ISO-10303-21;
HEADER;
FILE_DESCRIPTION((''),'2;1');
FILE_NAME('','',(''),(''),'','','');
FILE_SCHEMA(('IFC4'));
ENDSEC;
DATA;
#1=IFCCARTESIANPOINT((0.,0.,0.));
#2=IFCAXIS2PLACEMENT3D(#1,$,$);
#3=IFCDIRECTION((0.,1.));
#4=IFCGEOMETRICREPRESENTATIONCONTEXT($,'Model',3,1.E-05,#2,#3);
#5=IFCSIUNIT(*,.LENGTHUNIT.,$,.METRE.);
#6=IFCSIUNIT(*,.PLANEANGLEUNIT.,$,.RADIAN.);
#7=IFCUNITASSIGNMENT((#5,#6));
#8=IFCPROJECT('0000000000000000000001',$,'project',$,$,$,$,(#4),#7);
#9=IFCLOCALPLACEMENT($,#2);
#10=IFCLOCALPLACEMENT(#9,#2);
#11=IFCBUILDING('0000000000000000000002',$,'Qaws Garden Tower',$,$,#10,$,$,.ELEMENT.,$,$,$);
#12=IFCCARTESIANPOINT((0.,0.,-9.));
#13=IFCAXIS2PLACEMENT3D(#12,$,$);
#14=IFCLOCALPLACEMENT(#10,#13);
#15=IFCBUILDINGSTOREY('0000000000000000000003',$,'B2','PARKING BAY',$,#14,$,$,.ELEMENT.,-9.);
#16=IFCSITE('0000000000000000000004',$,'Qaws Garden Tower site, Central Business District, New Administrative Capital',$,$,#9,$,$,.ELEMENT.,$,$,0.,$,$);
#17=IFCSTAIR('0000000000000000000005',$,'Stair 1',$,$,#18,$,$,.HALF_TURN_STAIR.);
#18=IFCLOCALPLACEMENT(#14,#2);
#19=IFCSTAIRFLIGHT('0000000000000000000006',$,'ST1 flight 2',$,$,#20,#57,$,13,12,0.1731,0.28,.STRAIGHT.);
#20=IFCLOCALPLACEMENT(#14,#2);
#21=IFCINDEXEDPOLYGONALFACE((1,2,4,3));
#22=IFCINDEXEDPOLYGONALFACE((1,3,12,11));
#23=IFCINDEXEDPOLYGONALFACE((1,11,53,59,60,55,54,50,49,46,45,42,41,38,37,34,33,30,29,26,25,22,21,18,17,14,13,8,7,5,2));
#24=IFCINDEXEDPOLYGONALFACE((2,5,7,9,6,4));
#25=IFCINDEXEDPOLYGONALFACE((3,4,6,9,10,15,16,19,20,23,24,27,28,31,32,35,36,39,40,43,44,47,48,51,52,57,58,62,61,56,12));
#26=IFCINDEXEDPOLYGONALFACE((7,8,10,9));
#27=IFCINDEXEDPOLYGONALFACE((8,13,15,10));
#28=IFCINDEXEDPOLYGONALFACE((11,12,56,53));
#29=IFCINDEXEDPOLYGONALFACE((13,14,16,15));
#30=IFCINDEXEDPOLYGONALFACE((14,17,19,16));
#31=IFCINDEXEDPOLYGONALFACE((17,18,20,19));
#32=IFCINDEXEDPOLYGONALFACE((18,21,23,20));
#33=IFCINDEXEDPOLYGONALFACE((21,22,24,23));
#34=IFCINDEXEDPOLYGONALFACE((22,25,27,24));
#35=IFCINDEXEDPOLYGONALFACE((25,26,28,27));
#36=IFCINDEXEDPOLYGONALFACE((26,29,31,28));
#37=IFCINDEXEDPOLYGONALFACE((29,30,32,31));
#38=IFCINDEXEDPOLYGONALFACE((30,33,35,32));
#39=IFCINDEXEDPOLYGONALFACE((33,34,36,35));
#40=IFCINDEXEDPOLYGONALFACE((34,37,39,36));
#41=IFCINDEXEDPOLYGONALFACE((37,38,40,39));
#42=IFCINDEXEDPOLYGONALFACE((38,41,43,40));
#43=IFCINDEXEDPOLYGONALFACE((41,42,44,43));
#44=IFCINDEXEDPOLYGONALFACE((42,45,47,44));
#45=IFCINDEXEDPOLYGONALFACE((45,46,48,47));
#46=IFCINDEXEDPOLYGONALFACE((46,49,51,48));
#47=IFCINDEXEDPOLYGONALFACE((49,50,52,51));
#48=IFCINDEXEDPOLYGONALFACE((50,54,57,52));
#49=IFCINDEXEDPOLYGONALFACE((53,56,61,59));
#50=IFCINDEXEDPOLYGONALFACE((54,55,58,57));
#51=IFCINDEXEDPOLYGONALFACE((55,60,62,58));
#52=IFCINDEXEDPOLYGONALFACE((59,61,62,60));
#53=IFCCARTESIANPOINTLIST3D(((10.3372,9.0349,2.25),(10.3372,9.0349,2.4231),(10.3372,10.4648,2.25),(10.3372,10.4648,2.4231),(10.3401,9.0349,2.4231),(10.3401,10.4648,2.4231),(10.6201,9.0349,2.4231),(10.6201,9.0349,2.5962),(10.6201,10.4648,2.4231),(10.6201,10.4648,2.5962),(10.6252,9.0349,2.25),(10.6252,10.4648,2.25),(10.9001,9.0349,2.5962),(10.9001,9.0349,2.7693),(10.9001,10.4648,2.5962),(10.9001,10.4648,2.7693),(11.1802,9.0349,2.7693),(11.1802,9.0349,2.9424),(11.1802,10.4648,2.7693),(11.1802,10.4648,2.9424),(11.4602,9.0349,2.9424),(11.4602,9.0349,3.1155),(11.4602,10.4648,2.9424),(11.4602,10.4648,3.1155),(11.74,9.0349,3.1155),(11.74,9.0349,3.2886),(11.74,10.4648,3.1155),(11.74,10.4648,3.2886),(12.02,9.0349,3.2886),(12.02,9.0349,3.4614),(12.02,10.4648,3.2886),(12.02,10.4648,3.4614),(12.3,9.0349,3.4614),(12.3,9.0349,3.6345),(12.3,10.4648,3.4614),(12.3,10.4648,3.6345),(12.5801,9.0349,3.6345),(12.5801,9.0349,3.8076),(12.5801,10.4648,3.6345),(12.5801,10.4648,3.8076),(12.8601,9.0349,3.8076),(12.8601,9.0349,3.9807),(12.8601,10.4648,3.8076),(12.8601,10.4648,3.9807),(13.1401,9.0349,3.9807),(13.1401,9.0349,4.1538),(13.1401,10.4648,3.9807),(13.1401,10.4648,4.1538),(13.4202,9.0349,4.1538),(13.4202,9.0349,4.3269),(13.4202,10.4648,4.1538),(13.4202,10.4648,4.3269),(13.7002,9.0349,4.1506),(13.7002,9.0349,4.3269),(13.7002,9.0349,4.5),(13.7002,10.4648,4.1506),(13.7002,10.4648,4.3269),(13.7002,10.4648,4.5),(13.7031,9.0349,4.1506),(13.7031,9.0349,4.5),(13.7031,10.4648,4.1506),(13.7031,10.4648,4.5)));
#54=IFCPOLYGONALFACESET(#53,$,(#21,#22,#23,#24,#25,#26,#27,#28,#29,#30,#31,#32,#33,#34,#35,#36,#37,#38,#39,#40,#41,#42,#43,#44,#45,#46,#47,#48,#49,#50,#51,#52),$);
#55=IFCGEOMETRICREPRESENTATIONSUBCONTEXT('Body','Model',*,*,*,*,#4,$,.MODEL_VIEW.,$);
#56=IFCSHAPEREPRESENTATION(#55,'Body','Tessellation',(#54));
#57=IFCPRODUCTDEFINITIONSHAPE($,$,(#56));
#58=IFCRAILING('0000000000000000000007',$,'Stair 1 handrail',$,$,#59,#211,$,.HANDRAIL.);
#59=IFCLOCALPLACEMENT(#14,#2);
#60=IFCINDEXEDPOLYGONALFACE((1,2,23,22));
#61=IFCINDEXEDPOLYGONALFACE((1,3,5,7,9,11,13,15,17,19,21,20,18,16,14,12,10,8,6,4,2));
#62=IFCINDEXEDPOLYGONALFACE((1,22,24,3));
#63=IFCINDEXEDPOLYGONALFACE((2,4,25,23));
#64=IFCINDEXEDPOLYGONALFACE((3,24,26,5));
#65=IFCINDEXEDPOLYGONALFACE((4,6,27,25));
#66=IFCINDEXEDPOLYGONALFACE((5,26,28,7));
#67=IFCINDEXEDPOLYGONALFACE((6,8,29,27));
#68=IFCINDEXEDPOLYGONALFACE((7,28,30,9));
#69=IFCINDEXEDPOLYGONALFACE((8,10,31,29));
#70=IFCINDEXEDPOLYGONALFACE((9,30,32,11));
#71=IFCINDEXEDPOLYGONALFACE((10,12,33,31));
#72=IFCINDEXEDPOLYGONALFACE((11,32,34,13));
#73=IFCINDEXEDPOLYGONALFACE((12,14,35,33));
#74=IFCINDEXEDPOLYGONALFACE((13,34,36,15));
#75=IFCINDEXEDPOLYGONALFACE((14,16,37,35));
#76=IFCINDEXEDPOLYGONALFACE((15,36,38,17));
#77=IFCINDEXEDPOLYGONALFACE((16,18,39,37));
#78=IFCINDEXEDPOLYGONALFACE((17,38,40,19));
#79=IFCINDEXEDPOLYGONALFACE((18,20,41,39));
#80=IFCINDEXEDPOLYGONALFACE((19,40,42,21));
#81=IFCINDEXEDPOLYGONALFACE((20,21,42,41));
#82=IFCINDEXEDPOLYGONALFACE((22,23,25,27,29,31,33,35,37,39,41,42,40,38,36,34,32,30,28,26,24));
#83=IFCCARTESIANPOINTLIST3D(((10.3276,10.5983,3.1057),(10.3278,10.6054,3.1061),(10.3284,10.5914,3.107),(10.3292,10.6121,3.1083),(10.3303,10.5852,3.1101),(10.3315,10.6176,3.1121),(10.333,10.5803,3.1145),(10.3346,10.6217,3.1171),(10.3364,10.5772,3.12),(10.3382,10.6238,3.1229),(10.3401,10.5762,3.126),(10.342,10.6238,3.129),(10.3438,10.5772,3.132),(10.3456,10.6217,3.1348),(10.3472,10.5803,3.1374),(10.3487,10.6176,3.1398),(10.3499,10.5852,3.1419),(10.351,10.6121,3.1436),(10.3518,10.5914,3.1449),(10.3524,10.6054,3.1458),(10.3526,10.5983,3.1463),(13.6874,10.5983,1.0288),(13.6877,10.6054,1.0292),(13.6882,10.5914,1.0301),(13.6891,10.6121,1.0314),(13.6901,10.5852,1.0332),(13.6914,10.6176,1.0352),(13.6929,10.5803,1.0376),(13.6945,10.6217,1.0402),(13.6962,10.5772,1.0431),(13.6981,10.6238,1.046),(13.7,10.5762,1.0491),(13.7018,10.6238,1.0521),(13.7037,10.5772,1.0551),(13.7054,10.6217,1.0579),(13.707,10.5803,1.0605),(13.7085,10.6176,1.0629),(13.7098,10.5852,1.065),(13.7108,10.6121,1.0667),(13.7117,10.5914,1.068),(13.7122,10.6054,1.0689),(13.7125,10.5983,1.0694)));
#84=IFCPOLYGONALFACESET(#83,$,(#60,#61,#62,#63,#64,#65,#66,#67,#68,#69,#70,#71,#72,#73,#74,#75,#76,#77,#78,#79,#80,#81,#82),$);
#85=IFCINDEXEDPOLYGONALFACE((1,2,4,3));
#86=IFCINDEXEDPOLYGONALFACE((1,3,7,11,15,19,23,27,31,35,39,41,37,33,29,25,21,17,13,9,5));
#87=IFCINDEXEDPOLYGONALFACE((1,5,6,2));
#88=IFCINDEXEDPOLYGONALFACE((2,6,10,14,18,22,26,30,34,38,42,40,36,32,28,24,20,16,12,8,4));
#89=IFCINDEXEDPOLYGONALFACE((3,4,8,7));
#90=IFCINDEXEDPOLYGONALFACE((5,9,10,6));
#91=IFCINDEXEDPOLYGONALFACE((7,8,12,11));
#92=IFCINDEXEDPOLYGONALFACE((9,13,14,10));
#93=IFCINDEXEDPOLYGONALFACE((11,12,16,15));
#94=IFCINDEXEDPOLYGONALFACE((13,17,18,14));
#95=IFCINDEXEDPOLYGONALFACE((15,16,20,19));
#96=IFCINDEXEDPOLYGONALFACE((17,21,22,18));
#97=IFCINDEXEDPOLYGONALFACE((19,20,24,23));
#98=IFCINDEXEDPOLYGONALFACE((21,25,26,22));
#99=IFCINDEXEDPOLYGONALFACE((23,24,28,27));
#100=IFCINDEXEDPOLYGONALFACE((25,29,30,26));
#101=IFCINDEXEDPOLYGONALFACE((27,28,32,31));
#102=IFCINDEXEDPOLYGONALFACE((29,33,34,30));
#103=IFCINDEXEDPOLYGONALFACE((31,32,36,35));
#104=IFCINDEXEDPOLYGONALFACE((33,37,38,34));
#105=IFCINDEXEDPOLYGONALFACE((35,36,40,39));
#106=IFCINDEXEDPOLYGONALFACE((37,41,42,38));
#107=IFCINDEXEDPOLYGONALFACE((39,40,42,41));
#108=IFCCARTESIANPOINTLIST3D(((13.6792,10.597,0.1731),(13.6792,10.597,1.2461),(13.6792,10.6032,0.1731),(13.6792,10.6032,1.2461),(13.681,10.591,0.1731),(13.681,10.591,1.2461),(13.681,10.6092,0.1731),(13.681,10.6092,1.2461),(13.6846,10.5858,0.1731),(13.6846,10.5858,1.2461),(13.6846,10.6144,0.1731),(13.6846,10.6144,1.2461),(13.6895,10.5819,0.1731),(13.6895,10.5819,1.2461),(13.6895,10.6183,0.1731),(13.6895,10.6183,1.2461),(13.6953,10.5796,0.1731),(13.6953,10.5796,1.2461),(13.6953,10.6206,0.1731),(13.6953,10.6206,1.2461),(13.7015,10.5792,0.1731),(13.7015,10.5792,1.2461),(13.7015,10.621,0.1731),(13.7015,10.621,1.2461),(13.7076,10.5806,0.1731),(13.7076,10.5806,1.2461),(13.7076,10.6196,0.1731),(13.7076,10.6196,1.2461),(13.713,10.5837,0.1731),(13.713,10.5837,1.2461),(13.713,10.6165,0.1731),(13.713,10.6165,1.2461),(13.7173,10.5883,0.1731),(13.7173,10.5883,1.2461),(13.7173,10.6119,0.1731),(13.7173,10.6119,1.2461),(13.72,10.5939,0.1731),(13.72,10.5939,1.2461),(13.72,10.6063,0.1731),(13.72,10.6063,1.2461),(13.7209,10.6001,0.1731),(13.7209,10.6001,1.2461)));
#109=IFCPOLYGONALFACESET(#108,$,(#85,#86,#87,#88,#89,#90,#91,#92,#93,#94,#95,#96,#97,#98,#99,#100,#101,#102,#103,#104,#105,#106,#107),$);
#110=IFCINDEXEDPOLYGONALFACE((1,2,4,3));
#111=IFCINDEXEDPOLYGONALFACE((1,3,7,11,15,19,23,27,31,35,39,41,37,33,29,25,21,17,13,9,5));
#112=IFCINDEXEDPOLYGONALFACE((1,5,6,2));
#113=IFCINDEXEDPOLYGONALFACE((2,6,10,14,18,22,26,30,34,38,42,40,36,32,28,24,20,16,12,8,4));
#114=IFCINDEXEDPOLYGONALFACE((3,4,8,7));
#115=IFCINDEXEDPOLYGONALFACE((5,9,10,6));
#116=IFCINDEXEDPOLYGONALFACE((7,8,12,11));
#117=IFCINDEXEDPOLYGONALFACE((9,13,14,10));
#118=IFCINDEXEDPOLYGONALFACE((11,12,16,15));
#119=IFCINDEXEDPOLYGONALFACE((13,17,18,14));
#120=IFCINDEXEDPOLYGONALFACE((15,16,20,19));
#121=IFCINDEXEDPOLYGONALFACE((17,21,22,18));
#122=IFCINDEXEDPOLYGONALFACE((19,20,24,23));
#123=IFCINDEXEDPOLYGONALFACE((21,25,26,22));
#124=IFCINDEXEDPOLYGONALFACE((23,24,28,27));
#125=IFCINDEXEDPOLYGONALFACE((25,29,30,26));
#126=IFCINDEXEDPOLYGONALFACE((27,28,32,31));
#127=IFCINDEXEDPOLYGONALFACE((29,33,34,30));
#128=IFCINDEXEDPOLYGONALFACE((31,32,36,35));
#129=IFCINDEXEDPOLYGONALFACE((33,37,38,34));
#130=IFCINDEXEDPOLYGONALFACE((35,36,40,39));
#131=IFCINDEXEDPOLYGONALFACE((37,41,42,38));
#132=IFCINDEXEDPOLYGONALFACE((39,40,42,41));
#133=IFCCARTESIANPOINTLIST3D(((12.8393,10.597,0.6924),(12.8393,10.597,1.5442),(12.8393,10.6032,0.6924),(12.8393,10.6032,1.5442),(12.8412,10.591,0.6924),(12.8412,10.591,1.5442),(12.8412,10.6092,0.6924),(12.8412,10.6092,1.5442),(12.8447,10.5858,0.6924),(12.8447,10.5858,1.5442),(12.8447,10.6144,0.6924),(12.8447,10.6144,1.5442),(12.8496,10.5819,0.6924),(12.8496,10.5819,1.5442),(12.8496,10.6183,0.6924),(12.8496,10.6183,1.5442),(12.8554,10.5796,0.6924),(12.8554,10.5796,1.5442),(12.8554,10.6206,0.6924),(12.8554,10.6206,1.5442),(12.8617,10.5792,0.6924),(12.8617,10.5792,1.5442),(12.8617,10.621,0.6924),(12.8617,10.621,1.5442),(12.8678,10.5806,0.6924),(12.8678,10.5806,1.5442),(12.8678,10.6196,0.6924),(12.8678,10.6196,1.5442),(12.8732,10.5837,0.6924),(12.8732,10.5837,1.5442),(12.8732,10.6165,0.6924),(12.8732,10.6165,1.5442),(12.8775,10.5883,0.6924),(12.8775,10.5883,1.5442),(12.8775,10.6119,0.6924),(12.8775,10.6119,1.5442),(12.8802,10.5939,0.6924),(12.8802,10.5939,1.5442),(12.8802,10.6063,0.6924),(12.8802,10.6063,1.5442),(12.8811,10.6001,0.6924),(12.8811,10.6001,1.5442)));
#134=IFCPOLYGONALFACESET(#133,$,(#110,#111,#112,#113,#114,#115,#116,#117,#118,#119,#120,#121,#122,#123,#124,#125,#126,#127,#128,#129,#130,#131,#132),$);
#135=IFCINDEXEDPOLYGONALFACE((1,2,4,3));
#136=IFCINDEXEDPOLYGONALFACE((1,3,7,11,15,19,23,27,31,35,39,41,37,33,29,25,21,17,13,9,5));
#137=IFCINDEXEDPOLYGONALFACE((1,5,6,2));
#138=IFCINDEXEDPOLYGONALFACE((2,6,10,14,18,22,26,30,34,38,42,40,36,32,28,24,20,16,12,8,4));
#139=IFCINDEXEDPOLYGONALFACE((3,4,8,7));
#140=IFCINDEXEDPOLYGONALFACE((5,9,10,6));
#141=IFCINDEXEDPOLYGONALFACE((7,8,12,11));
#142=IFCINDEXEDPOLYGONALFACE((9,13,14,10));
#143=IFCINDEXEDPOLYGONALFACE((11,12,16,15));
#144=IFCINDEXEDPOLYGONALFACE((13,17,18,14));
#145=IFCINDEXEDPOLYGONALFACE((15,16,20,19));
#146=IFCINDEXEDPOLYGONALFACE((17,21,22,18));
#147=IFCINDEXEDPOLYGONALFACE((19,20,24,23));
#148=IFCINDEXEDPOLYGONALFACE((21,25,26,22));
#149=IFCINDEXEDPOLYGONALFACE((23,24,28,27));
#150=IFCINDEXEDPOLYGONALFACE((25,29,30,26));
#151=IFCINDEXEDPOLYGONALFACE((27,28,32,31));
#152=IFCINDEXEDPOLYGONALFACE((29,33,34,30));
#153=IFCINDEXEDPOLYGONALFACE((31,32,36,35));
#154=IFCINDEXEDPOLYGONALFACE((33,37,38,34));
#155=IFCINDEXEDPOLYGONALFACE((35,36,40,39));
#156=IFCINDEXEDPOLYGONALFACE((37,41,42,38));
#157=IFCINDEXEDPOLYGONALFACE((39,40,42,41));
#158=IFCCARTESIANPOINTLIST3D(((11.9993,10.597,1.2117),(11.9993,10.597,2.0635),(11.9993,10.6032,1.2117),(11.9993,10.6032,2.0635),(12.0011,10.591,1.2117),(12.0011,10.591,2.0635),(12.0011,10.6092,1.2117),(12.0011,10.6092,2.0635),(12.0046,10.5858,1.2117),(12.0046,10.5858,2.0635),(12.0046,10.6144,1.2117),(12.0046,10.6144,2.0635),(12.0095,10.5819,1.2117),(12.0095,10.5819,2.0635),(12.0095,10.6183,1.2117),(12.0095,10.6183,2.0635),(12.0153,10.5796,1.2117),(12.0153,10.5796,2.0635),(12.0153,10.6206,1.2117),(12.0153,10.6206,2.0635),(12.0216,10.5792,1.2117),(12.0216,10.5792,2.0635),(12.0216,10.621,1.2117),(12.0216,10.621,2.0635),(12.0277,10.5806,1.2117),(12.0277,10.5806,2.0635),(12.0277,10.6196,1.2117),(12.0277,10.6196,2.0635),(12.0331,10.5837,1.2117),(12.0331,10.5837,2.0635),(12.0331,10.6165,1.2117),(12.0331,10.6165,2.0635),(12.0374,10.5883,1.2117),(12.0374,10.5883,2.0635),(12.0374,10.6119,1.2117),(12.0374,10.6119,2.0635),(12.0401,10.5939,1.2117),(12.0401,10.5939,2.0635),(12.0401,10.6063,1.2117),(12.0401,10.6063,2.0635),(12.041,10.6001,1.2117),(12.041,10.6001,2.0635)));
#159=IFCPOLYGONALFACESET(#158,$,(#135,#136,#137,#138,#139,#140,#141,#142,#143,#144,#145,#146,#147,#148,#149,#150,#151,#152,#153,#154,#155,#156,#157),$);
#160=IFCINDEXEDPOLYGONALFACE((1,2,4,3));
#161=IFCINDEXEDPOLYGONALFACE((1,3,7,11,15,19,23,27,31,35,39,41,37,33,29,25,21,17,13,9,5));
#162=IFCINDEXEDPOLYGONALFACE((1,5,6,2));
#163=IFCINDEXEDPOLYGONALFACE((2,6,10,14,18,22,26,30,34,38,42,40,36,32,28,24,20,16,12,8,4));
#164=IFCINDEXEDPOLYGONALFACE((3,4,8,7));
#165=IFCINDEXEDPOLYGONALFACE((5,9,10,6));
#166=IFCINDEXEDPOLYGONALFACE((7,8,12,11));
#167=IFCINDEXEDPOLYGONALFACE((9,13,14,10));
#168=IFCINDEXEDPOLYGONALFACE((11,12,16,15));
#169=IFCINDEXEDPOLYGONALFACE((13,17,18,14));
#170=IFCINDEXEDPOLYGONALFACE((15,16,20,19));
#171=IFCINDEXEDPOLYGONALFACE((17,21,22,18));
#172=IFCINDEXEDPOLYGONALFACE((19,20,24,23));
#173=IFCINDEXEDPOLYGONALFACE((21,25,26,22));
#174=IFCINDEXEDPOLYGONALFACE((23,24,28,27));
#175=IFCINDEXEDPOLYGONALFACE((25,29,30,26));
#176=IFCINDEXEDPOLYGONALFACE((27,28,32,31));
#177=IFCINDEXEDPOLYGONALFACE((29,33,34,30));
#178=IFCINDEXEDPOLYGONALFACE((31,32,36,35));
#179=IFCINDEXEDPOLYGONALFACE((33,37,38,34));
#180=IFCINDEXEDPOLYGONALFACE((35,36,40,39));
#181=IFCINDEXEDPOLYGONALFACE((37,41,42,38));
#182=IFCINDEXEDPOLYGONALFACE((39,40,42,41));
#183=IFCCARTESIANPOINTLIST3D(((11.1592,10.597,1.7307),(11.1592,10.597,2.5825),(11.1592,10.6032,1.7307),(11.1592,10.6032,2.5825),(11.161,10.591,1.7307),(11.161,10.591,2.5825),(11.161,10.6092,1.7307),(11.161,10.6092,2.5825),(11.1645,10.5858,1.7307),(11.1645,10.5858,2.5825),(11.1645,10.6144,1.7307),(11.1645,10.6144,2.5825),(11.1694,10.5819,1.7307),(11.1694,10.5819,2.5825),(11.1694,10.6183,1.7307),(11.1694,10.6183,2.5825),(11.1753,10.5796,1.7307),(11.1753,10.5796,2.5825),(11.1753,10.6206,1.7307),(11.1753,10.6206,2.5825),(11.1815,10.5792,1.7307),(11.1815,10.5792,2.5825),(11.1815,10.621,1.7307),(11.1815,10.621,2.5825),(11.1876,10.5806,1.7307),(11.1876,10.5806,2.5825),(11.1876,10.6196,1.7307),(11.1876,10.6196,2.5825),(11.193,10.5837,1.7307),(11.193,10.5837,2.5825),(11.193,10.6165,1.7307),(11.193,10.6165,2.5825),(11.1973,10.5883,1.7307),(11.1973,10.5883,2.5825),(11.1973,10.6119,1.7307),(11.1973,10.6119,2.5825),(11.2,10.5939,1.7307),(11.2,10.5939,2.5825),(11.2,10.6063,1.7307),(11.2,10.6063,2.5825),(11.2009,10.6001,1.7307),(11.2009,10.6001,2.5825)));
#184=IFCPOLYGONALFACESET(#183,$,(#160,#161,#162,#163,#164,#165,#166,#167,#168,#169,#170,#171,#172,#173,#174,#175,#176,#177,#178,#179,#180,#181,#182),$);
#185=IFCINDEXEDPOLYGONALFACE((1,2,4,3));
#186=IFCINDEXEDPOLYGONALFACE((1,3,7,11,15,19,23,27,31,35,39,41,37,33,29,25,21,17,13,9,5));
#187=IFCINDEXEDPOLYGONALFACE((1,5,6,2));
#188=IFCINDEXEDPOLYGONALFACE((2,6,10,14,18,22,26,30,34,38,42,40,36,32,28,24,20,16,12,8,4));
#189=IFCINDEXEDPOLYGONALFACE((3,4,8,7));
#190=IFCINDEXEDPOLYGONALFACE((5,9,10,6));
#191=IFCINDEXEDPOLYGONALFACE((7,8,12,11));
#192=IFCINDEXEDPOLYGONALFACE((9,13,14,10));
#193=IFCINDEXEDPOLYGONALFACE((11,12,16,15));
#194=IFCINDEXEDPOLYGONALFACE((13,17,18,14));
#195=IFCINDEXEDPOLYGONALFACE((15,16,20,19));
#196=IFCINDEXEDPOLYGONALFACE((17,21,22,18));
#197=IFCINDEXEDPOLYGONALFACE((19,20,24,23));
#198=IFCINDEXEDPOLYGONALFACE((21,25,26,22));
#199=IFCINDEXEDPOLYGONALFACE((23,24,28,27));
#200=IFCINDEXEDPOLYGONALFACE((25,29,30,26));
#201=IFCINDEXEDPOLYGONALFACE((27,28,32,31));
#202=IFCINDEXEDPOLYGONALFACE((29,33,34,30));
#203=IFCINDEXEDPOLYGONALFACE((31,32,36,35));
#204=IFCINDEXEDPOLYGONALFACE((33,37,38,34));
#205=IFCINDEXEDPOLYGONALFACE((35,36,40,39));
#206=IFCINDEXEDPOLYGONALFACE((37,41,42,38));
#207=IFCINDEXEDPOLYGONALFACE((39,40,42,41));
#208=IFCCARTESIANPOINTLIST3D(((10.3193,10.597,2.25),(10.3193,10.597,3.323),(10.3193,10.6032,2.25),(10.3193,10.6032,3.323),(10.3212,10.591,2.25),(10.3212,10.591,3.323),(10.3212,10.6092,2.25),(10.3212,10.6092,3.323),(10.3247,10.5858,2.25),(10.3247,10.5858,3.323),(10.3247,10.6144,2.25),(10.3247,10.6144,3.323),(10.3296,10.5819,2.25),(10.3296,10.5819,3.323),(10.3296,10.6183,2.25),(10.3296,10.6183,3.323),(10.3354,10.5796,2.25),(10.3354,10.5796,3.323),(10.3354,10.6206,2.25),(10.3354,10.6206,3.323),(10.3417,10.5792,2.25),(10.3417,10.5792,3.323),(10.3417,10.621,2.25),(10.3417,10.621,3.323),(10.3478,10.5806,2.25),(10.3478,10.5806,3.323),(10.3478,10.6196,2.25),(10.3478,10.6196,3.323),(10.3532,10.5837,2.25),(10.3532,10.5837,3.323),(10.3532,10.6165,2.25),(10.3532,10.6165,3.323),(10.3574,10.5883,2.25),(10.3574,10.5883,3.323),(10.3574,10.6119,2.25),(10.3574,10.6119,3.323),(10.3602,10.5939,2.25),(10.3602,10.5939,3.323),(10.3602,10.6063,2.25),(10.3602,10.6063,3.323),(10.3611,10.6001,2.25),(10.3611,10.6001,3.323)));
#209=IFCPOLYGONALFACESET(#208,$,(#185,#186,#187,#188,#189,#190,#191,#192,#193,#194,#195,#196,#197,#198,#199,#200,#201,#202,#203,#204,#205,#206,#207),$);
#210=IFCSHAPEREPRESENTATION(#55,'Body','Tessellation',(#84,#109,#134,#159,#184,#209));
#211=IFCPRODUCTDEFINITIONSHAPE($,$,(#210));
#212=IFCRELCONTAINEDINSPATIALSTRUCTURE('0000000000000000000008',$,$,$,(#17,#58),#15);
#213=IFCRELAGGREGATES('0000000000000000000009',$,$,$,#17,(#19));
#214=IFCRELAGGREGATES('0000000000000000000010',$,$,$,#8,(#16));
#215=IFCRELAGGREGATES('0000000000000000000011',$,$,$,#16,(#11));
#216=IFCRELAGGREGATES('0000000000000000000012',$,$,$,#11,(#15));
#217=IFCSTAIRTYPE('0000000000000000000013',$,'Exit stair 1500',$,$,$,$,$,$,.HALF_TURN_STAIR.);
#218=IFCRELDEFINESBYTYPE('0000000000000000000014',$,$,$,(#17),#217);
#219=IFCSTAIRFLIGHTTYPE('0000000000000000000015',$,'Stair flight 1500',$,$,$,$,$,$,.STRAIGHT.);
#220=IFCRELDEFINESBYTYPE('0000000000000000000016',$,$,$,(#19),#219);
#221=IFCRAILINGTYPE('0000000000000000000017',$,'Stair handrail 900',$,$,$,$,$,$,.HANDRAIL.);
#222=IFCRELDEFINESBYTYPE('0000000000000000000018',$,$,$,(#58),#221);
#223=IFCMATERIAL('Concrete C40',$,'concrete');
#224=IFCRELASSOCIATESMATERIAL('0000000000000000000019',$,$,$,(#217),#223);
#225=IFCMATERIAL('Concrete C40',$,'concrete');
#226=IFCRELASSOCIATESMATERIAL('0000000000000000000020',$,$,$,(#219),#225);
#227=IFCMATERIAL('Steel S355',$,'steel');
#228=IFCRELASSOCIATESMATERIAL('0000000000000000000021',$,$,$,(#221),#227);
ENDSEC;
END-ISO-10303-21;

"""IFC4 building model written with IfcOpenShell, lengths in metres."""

from ifc_helpers import new_model, si_unit, direction, frame, origin, origin_2d, place, context, subcontext, project, spatial, polyline, circle, outline, extrude, material, type_object, element, aggregate, save


model = new_model("IFC4")

# Units and contexts
model_context = context("Model", 3, precision=1e-05, world=origin(), true_north=direction((0.0, 1.0)))
body_context = subcontext(model_context, "Body", "Model", "MODEL_VIEW")
ifc_project = project(units=[si_unit("LENGTHUNIT", "METRE"), si_unit("PLANEANGLEUNIT", "RADIAN")], contexts=[model_context])

# Site, building, storey
site_placement = place(None, origin())
site = spatial("IfcSite", under=ifc_project, at=site_placement, Name="Qaws Garden Tower site, Central Business District, New Administrative Capital", CompositionType="ELEMENT", RefElevation=0.0)
building_placement = place(site_placement, origin())
building = spatial("IfcBuilding", under=site, at=building_placement, Name="Qaws Garden Tower", CompositionType="ELEMENT")
storey_placement = place(building_placement, frame((0.0, 0.0, -9.0)))
storey = spatial("IfcBuildingStorey", under=building, at=storey_placement, Name="B2", Description="PARKING BAY", CompositionType="ELEMENT", Elevation=-9.0)

# Stair, stair flight
ifc_material_1 = material(Name="Concrete C40", Category="concrete")
stair_type = type_object("IfcStairType", Name="Exit stair 1500", PredefinedType="HALF_TURN_STAIR", material=ifc_material_1)
stair_placement = place(storey_placement, origin())
stair = element("IfcStair", 1, at=stair_placement, inside=storey, type_object=stair_type, Name="Stair 1", PredefinedType="HALF_TURN_STAIR")
ifc_material_2 = material(Name="Concrete C40", Category="concrete")
stair_flight_type = type_object("IfcStairFlightType", Name="Stair flight 1500", PredefinedType="STRAIGHT", material=ifc_material_2)
stair_flight_1_placement = place(storey_placement, frame((10.3401, 9.75, 2.25), z_axis=(0.0, 0.0, 1.0), x_axis=(1.0, 0.0, 0.0)))
stair_flight_1 = element("IfcStairFlight", 2, at=stair_flight_1_placement, type_object=stair_flight_type, Name="ST1 flight 2", NumberOfRisers=13, NumberOfTreads=12, PredefinedType="STRAIGHT", RiserHeight=0.1731, TreadLength=0.28, context=body_context, shape_type="SweptSolid", body=[
    extrude(outline(polyline([(-0.0029, 0.0), (-0.0029, 0.1731), (0.0, 0.1731), (0.28, 0.1731), (0.28, 0.3462), (0.5601, 0.3462), (0.5601, 0.5193), (0.8401, 0.5193), (0.8401, 0.6924), (1.1201, 0.6924), (1.1201, 0.8655), (1.3999, 0.8655), (1.3999, 1.0386), (1.6799, 1.0386), (1.6799, 1.2114), (1.96, 1.2114), (1.96, 1.3845), (2.24, 1.3845), (2.24, 1.5576), (2.52, 1.5576), (2.52, 1.7307), (2.8, 1.7307), (2.8, 1.9038), (3.0801, 1.9038), (3.0801, 2.0769), (3.3601, 2.0769), (3.3601, 2.25), (3.363, 2.25), (3.363, 1.9006), (3.3601, 1.9006), (0.2852, 0.0), (-0.0029, 0.0)])), frame((0.0, 0.7148, 0.0), z_axis=(0.0, -1.0, 0.0), x_axis=(1.0, 0.0, 0.0)), (0.0, 0.0, 1.0), 1.4299),
])
aggregate(stair, [stair_flight_1])

# Railing
ifc_material_3 = material(Name="Steel S355", Category="steel")
railing_type = type_object("IfcRailingType", Name="Stair handrail 900", PredefinedType="HANDRAIL", material=ifc_material_3)
railing_1_placement = place(storey_placement, frame((13.7, 10.6001, 0.1731)))
element("IfcRailing", 3, at=railing_1_placement, inside=storey, type_object=railing_type, Name="Stair 1 handrail", PredefinedType="HANDRAIL", context=body_context, shape_type="SweptSolid", body=[
    extrude(circle(Radius=0.0239, at=origin_2d()), frame((0.0, 0.0, 0.876), z_axis=(-0.850606, 0.0, 0.525803), x_axis=(0.0, -1.0, 0.0)), (0.0, 0.0, 1.0), 3.95),
    extrude(circle(Radius=0.021, at=origin_2d()), origin(), (0.0, 0.0, 1.0), 1.073),
    extrude(circle(Radius=0.021, at=origin_2d()), frame((-0.8398, 0.0, 0.5193)), (0.0, 0.0, 1.0), 0.8518),
    extrude(circle(Radius=0.021, at=origin_2d()), frame((-1.6799, 0.0, 1.0386)), (0.0, 0.0, 1.0), 0.8518),
    extrude(circle(Radius=0.021, at=origin_2d()), frame((-2.52, 0.0, 1.5576)), (0.0, 0.0, 1.0), 0.8518),
    extrude(circle(Radius=0.021, at=origin_2d()), frame((-3.3599, 0.0, 2.0769)), (0.0, 0.0, 1.0), 1.073),
])

save(model, "model.ifc")
